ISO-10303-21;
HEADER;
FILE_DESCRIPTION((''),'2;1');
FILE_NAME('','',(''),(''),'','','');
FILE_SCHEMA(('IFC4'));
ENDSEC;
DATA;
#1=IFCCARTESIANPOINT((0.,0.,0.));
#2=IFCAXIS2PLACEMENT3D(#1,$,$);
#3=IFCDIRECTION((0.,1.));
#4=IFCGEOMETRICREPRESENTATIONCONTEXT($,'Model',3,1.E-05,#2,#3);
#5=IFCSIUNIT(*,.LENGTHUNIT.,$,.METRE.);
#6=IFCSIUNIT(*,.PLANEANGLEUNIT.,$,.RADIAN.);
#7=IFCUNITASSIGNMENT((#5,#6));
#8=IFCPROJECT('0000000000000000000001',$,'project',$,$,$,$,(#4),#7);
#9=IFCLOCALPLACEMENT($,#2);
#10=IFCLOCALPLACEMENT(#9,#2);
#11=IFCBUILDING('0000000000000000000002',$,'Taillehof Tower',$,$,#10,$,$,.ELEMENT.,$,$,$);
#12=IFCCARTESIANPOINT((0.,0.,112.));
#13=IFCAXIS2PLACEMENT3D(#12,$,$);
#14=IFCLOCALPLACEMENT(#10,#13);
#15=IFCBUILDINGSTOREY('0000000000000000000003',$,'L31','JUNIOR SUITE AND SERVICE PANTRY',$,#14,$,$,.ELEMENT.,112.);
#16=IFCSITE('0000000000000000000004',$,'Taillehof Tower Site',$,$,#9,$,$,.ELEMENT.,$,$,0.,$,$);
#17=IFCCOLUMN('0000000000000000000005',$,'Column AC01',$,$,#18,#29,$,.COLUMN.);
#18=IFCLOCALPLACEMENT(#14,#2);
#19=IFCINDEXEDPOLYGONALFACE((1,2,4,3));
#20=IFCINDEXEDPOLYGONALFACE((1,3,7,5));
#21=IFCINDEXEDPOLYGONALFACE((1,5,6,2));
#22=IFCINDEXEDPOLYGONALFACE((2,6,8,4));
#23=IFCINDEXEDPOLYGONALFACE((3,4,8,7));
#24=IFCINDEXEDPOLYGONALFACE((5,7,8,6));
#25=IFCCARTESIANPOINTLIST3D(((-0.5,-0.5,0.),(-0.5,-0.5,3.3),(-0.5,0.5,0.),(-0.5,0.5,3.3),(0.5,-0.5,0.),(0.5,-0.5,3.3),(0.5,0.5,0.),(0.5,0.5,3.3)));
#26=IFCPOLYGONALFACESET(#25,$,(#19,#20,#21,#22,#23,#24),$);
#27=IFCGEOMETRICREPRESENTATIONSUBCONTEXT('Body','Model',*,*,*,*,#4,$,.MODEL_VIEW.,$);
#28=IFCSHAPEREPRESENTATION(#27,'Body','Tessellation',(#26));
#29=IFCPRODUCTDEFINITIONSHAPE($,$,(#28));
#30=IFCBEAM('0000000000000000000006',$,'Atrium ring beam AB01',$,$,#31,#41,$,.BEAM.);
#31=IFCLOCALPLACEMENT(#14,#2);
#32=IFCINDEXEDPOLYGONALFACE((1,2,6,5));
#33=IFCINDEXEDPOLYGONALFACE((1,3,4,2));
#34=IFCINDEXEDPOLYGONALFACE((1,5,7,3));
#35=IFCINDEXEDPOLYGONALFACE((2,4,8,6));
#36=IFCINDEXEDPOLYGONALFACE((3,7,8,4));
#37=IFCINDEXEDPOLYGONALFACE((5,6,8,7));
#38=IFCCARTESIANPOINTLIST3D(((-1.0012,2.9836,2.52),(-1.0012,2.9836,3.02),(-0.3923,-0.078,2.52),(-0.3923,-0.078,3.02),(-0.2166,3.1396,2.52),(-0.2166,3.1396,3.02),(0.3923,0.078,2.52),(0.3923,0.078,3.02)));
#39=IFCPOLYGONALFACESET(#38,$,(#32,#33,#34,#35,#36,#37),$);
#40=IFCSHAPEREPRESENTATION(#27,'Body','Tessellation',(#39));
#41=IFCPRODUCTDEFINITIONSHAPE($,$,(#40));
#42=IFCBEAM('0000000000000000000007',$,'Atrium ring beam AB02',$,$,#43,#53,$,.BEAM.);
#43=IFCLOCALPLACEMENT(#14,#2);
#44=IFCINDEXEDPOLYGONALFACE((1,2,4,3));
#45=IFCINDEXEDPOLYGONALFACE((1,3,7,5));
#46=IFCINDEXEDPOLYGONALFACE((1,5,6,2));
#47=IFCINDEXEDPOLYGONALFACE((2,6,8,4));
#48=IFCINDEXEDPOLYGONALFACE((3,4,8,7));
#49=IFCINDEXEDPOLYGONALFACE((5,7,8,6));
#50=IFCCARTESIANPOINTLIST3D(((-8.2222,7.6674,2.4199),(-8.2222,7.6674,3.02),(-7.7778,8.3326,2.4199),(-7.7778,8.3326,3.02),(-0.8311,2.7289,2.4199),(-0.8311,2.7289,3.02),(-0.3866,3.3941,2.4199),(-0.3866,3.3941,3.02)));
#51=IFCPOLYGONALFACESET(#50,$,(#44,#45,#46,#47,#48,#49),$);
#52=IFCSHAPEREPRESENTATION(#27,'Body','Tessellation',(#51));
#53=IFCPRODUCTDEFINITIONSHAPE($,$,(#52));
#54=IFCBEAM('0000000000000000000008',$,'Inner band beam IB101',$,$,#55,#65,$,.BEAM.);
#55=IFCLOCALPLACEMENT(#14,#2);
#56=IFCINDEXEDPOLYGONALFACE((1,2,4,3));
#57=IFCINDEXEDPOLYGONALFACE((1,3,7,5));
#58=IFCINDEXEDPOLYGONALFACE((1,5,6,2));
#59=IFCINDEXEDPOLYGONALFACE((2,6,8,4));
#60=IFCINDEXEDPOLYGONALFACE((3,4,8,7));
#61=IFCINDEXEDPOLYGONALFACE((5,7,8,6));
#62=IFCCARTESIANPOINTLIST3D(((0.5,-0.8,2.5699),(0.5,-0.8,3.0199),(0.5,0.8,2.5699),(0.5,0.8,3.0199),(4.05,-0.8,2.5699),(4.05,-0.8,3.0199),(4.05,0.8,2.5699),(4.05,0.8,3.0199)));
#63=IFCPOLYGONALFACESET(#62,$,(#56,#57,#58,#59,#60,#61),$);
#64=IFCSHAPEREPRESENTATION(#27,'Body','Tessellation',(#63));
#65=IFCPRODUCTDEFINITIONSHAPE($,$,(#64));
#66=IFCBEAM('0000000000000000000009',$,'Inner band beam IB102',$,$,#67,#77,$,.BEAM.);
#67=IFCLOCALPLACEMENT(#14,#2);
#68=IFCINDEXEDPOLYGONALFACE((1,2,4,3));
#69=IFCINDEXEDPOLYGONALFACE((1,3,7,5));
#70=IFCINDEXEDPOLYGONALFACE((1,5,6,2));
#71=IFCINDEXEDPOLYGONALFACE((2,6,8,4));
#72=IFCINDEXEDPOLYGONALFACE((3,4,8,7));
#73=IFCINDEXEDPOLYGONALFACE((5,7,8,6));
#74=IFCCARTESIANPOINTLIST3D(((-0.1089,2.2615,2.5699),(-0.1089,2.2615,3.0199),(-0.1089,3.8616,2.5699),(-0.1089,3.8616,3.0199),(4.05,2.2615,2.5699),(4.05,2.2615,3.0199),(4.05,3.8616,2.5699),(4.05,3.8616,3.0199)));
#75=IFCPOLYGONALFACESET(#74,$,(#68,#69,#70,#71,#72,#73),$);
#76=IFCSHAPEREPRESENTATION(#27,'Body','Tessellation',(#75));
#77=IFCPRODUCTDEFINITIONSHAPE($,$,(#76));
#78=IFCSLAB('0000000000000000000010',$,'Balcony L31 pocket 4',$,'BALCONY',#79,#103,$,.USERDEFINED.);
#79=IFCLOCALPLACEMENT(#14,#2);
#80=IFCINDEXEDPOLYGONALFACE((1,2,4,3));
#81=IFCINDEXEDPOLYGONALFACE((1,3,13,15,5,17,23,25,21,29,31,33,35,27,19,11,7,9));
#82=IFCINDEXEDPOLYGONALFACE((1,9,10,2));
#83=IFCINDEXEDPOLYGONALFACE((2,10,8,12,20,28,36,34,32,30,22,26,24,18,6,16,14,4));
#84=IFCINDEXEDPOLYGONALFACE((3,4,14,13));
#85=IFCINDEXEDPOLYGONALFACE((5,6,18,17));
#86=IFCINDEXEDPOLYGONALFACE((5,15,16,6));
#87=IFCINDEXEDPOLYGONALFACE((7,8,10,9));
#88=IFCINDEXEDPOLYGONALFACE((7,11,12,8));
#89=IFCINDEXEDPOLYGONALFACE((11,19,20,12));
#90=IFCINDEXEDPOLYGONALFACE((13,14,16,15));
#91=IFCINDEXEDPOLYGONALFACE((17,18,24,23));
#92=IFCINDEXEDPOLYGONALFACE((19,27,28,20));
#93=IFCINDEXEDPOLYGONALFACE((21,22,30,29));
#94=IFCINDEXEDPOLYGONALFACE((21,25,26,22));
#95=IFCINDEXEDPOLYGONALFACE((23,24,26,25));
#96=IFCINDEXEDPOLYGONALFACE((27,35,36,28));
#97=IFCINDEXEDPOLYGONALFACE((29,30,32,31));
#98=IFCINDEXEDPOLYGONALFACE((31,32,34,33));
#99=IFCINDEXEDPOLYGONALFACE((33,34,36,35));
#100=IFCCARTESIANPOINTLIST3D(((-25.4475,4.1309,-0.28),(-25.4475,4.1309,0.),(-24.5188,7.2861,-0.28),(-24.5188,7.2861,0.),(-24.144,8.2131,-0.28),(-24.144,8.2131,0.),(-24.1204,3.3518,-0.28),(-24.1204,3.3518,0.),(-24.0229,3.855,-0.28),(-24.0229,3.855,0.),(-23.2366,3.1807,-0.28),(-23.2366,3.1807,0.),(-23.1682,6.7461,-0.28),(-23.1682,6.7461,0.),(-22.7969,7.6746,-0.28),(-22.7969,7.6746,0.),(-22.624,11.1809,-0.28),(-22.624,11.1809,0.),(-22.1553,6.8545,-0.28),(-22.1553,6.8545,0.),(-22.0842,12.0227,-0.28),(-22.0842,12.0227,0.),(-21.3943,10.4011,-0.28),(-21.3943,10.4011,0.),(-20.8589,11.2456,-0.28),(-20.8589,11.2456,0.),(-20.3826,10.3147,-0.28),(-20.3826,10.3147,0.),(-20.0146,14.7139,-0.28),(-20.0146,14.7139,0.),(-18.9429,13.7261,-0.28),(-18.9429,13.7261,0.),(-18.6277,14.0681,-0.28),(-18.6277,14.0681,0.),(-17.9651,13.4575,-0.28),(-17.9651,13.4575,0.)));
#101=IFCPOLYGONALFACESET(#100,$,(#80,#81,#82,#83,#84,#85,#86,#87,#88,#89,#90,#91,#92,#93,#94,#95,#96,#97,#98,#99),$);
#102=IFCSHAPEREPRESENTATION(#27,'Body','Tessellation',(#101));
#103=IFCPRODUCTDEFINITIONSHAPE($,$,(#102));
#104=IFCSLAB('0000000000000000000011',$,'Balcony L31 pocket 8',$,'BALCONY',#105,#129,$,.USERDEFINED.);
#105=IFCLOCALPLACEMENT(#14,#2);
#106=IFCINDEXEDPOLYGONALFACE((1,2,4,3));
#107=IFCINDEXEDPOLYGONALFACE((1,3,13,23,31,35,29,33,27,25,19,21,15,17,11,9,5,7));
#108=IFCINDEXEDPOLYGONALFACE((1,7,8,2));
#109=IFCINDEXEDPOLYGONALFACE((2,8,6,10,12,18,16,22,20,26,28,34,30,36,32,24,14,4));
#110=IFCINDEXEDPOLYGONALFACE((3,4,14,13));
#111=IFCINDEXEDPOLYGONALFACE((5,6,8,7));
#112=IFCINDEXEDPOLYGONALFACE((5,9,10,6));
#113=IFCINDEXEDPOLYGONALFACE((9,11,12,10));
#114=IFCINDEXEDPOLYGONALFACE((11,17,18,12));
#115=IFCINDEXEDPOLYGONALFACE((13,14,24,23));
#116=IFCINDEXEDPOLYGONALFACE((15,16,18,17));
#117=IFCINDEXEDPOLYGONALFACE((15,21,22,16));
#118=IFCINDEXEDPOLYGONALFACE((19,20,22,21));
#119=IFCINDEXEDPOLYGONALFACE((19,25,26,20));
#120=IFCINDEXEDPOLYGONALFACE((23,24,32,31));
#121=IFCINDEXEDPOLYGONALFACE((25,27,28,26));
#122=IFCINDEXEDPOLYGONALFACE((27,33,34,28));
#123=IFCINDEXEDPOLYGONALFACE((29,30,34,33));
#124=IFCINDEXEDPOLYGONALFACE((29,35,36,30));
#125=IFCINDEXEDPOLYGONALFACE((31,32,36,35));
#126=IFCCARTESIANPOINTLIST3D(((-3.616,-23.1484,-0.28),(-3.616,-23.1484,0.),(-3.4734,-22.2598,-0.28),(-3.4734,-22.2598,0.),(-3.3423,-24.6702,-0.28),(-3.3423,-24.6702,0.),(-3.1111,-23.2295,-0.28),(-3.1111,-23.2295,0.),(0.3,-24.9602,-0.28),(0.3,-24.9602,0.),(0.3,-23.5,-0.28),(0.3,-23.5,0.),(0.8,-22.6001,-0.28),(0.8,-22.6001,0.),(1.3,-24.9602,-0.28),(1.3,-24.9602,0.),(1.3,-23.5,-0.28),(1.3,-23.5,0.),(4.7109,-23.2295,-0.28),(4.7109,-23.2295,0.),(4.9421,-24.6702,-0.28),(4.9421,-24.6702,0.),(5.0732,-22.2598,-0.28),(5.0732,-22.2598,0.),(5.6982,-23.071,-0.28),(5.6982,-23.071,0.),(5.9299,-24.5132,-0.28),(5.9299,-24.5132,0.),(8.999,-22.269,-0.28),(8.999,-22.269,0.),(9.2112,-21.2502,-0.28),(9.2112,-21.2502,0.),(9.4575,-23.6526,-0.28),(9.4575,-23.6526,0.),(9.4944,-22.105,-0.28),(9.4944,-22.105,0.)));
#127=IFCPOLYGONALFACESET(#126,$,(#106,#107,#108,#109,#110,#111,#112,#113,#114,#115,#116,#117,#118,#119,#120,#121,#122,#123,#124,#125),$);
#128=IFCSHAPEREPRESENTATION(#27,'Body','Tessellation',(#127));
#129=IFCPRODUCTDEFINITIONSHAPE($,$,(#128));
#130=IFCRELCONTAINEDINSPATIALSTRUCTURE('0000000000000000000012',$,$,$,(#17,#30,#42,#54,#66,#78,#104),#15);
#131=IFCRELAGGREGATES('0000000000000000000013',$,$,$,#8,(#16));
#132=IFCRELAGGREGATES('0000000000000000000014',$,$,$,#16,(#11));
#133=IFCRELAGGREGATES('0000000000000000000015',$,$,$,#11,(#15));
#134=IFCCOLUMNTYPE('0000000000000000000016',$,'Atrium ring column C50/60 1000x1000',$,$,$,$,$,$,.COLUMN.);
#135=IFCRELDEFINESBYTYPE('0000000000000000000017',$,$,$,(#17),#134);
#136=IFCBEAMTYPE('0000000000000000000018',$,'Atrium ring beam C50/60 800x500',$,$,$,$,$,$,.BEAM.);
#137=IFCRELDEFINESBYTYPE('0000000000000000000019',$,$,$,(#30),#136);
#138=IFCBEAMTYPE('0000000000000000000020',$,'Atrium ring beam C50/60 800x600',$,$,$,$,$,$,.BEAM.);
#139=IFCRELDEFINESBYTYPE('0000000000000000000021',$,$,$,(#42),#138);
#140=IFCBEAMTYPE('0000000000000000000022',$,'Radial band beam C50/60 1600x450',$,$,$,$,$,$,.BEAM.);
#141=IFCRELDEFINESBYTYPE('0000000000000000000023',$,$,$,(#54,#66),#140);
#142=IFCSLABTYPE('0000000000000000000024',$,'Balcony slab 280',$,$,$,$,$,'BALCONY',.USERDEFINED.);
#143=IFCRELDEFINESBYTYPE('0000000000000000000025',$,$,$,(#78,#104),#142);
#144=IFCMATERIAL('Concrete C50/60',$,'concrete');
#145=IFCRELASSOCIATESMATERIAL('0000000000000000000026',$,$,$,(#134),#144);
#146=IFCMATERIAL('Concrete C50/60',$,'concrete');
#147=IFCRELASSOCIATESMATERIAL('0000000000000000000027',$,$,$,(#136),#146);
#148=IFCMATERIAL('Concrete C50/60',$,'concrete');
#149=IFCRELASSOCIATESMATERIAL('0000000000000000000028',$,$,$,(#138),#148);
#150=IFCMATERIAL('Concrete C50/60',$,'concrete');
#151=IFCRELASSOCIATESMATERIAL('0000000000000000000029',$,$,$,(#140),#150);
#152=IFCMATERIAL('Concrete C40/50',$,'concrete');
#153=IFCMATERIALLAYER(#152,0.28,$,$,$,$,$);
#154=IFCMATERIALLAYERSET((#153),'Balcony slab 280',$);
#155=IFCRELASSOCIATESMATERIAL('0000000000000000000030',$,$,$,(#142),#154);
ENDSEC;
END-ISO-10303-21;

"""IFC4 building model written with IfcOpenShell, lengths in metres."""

from ifc_helpers import new_model, si_unit, direction, frame, origin, origin_with_axes, origin_2d, place, context, subcontext, project, spatial, polyline, rectangle, outline, extrude, material, layer, layer_set, material_profile, profile_set, type_object, element, save


model = new_model("IFC4")

# Units and contexts
model_context = context("Model", 3, precision=1e-05, world=origin(), true_north=direction((0.0, 1.0)))
body_context = subcontext(model_context, "Body", "Model", "MODEL_VIEW")
ifc_project = project(units=[si_unit("LENGTHUNIT", "METRE"), si_unit("PLANEANGLEUNIT", "RADIAN")], contexts=[model_context])

# Site, building, storey
site_placement = place(None, origin())
site = spatial("IfcSite", under=ifc_project, at=site_placement, Name="Taillehof Tower Site", CompositionType="ELEMENT", RefElevation=0.0)
building_placement = place(site_placement, origin())
building = spatial("IfcBuilding", under=site, at=building_placement, Name="Taillehof Tower", CompositionType="ELEMENT")
storey_placement = place(building_placement, frame((0.0, 0.0, 112.0)))
storey = spatial("IfcBuildingStorey", under=building, at=storey_placement, Name="L31", Description="JUNIOR SUITE AND SERVICE PANTRY", CompositionType="ELEMENT", Elevation=112.0)

# Column
ifc_material_1 = material(Name="Concrete C50/60", Category="concrete")
ifc_material_profile_1 = material_profile(ifc_material_1, rectangle(XDim=1.0, YDim=1.0, at=origin_2d()), Name="RC 1000x1000")
ifc_profile_set_1 = profile_set([ifc_material_profile_1], Name="Concrete C50/60")
column_type = type_object("IfcColumnType", Name="Atrium ring column C50/60 1000x1000", PredefinedType="COLUMN", material=ifc_profile_set_1)
column_placement = place(storey_placement, origin_with_axes())
element("IfcColumn", 1, at=column_placement, inside=storey, type_object=column_type, Name="Column AC01", PredefinedType="COLUMN", context=body_context, shape_type="SweptSolid", body=[
    extrude(rectangle(XDim=1.0, YDim=1.0, at=origin_2d()), origin(), (0.0, 0.0, 1.0), 3.3),
])

# Beams
ifc_material_2 = material(Name="Concrete C50/60", Category="concrete")
ifc_material_profile_2 = material_profile(ifc_material_2, rectangle(XDim=0.8, YDim=0.5, at=origin_2d()), Name="RC 800x500")
ifc_profile_set_2 = profile_set([ifc_material_profile_2], Name="Concrete C50/60")
beam_type_1 = type_object("IfcBeamType", Name="Atrium ring beam C50/60 800x500", PredefinedType="BEAM", material=ifc_profile_set_2)
beam_1_placement = place(storey_placement, frame((0.0, 0.0, 2.77), z_axis=(-0.195063, 0.980791, 0.0), x_axis=(-0.980791, -0.195063, 0.0)))
element("IfcBeam", 2, at=beam_1_placement, inside=storey, type_object=beam_type_1, Name="Atrium ring beam AB01", PredefinedType="BEAM", context=body_context, shape_type="SweptSolid", body=[
    extrude(rectangle(XDim=0.8, YDim=0.5, at=origin_2d()), origin(), (0.0, 0.0, 1.0), 3.1216),
])
ifc_material_3 = material(Name="Concrete C50/60", Category="concrete")
ifc_material_profile_3 = material_profile(ifc_material_3, rectangle(XDim=0.8, YDim=0.6001, at=origin_2d()), Name="RC 800x600")
ifc_profile_set_3 = profile_set([ifc_material_profile_3], Name="Concrete C50/60")
beam_type_2 = type_object("IfcBeamType", Name="Atrium ring beam C50/60 800x600", PredefinedType="BEAM", material=ifc_profile_set_3)
beam_2_placement = place(storey_placement, frame((-0.6089, 3.0615, 2.72), z_axis=(-0.831475, 0.555562, 0.0), x_axis=(-0.555562, -0.831475, 0.0)))
element("IfcBeam", 3, at=beam_2_placement, inside=storey, type_object=beam_type_2, Name="Atrium ring beam AB02", PredefinedType="BEAM", context=body_context, shape_type="SweptSolid", body=[
    extrude(rectangle(XDim=0.8, YDim=0.6001, at=origin_2d()), origin(), (0.0, 0.0, 1.0), 8.8892),
])
ifc_material_4 = material(Name="Concrete C50/60", Category="concrete")
ifc_material_profile_4 = material_profile(ifc_material_4, rectangle(XDim=1.6001, YDim=0.45, at=origin_2d()), Name="RC 1600x450")
ifc_profile_set_4 = profile_set([ifc_material_profile_4], Name="Concrete C50/60")
beam_type_3 = type_object("IfcBeamType", Name="Radial band beam C50/60 1600x450", PredefinedType="BEAM", material=ifc_profile_set_4)
beam_3_placement = place(storey_placement, frame((0.5, 0.0, 2.7949), z_axis=(1.0, 0.0, 0.0), x_axis=(0.0, 1.0, 0.0)))
element("IfcBeam", 4, at=beam_3_placement, inside=storey, type_object=beam_type_3, Name="Inner band beam IB101", PredefinedType="BEAM", context=body_context, shape_type="SweptSolid", body=[
    extrude(rectangle(XDim=1.6001, YDim=0.45, at=origin_2d()), origin(), (0.0, 0.0, 1.0), 3.55),
])
beam_4_placement = place(storey_placement, frame((-0.1089, 3.0615, 2.7949), z_axis=(1.0, 0.0, 0.0), x_axis=(0.0, 1.0, 0.0)))
element("IfcBeam", 5, at=beam_4_placement, inside=storey, type_object=beam_type_3, Name="Inner band beam IB102", PredefinedType="BEAM", context=body_context, shape_type="SweptSolid", body=[
    extrude(rectangle(XDim=1.6001, YDim=0.45, at=origin_2d()), origin(), (0.0, 0.0, 1.0), 4.1589),
])

# Slabs
ifc_material_5 = material(Name="Concrete C40/50", Category="concrete")
ifc_layer_1 = layer(ifc_material_5, 0.28)
ifc_layer_set_1 = layer_set([ifc_layer_1], Name="Balcony slab 280")
slab_type_1 = type_object("IfcSlabType", Name="Balcony slab 280", ElementType="BALCONY", PredefinedType="USERDEFINED", material=ifc_layer_set_1)
slab_1_placement = place(storey_placement, frame((0.0, 0.0, -0.28)))
element("IfcSlab", 6, at=slab_1_placement, inside=storey, type_object=slab_type_1, Name="Balcony L31 pocket 4", ObjectType="BALCONY", PredefinedType="USERDEFINED", context=body_context, shape_type="SweptSolid", body=[
    extrude(outline(polyline([(-23.2366, 3.1807), (-24.1204, 3.3518), (-24.0229, 3.855), (-25.4475, 4.1309), (-24.5188, 7.2861), (-23.1682, 6.7461), (-22.7969, 7.6746), (-24.144, 8.2131), (-22.624, 11.1809), (-21.3943, 10.4011), (-20.8589, 11.2456), (-22.0842, 12.0227), (-20.0146, 14.7139), (-18.9429, 13.7261), (-18.6277, 14.0681), (-17.9651, 13.4575), (-20.3826, 10.3147), (-22.1553, 6.8545), (-23.2366, 3.1807)])), origin(), (0.0, 0.0, 1.0), 0.28),
])
slab_2_placement = place(storey_placement, frame((0.0, 0.0, -0.28)))
element("IfcSlab", 7, at=slab_2_placement, inside=storey, type_object=slab_type_1, Name="Balcony L31 pocket 8", ObjectType="BALCONY", PredefinedType="USERDEFINED", context=body_context, shape_type="SweptSolid", body=[
    extrude(outline(polyline([(9.2112, -21.2502), (9.4944, -22.105), (8.999, -22.269), (9.4575, -23.6526), (5.9299, -24.5132), (5.6982, -23.071), (4.7109, -23.2295), (4.9421, -24.6702), (1.3, -24.9602), (1.3, -23.5), (0.3, -23.5), (0.3, -24.9602), (-3.3423, -24.6702), (-3.1111, -23.2295), (-3.616, -23.1484), (-3.4734, -22.2598), (0.8, -22.6001), (5.0732, -22.2598), (9.2112, -21.2502)])), origin(), (0.0, 0.0, 1.0), 0.28),
])

save(model, "model.ifc")
